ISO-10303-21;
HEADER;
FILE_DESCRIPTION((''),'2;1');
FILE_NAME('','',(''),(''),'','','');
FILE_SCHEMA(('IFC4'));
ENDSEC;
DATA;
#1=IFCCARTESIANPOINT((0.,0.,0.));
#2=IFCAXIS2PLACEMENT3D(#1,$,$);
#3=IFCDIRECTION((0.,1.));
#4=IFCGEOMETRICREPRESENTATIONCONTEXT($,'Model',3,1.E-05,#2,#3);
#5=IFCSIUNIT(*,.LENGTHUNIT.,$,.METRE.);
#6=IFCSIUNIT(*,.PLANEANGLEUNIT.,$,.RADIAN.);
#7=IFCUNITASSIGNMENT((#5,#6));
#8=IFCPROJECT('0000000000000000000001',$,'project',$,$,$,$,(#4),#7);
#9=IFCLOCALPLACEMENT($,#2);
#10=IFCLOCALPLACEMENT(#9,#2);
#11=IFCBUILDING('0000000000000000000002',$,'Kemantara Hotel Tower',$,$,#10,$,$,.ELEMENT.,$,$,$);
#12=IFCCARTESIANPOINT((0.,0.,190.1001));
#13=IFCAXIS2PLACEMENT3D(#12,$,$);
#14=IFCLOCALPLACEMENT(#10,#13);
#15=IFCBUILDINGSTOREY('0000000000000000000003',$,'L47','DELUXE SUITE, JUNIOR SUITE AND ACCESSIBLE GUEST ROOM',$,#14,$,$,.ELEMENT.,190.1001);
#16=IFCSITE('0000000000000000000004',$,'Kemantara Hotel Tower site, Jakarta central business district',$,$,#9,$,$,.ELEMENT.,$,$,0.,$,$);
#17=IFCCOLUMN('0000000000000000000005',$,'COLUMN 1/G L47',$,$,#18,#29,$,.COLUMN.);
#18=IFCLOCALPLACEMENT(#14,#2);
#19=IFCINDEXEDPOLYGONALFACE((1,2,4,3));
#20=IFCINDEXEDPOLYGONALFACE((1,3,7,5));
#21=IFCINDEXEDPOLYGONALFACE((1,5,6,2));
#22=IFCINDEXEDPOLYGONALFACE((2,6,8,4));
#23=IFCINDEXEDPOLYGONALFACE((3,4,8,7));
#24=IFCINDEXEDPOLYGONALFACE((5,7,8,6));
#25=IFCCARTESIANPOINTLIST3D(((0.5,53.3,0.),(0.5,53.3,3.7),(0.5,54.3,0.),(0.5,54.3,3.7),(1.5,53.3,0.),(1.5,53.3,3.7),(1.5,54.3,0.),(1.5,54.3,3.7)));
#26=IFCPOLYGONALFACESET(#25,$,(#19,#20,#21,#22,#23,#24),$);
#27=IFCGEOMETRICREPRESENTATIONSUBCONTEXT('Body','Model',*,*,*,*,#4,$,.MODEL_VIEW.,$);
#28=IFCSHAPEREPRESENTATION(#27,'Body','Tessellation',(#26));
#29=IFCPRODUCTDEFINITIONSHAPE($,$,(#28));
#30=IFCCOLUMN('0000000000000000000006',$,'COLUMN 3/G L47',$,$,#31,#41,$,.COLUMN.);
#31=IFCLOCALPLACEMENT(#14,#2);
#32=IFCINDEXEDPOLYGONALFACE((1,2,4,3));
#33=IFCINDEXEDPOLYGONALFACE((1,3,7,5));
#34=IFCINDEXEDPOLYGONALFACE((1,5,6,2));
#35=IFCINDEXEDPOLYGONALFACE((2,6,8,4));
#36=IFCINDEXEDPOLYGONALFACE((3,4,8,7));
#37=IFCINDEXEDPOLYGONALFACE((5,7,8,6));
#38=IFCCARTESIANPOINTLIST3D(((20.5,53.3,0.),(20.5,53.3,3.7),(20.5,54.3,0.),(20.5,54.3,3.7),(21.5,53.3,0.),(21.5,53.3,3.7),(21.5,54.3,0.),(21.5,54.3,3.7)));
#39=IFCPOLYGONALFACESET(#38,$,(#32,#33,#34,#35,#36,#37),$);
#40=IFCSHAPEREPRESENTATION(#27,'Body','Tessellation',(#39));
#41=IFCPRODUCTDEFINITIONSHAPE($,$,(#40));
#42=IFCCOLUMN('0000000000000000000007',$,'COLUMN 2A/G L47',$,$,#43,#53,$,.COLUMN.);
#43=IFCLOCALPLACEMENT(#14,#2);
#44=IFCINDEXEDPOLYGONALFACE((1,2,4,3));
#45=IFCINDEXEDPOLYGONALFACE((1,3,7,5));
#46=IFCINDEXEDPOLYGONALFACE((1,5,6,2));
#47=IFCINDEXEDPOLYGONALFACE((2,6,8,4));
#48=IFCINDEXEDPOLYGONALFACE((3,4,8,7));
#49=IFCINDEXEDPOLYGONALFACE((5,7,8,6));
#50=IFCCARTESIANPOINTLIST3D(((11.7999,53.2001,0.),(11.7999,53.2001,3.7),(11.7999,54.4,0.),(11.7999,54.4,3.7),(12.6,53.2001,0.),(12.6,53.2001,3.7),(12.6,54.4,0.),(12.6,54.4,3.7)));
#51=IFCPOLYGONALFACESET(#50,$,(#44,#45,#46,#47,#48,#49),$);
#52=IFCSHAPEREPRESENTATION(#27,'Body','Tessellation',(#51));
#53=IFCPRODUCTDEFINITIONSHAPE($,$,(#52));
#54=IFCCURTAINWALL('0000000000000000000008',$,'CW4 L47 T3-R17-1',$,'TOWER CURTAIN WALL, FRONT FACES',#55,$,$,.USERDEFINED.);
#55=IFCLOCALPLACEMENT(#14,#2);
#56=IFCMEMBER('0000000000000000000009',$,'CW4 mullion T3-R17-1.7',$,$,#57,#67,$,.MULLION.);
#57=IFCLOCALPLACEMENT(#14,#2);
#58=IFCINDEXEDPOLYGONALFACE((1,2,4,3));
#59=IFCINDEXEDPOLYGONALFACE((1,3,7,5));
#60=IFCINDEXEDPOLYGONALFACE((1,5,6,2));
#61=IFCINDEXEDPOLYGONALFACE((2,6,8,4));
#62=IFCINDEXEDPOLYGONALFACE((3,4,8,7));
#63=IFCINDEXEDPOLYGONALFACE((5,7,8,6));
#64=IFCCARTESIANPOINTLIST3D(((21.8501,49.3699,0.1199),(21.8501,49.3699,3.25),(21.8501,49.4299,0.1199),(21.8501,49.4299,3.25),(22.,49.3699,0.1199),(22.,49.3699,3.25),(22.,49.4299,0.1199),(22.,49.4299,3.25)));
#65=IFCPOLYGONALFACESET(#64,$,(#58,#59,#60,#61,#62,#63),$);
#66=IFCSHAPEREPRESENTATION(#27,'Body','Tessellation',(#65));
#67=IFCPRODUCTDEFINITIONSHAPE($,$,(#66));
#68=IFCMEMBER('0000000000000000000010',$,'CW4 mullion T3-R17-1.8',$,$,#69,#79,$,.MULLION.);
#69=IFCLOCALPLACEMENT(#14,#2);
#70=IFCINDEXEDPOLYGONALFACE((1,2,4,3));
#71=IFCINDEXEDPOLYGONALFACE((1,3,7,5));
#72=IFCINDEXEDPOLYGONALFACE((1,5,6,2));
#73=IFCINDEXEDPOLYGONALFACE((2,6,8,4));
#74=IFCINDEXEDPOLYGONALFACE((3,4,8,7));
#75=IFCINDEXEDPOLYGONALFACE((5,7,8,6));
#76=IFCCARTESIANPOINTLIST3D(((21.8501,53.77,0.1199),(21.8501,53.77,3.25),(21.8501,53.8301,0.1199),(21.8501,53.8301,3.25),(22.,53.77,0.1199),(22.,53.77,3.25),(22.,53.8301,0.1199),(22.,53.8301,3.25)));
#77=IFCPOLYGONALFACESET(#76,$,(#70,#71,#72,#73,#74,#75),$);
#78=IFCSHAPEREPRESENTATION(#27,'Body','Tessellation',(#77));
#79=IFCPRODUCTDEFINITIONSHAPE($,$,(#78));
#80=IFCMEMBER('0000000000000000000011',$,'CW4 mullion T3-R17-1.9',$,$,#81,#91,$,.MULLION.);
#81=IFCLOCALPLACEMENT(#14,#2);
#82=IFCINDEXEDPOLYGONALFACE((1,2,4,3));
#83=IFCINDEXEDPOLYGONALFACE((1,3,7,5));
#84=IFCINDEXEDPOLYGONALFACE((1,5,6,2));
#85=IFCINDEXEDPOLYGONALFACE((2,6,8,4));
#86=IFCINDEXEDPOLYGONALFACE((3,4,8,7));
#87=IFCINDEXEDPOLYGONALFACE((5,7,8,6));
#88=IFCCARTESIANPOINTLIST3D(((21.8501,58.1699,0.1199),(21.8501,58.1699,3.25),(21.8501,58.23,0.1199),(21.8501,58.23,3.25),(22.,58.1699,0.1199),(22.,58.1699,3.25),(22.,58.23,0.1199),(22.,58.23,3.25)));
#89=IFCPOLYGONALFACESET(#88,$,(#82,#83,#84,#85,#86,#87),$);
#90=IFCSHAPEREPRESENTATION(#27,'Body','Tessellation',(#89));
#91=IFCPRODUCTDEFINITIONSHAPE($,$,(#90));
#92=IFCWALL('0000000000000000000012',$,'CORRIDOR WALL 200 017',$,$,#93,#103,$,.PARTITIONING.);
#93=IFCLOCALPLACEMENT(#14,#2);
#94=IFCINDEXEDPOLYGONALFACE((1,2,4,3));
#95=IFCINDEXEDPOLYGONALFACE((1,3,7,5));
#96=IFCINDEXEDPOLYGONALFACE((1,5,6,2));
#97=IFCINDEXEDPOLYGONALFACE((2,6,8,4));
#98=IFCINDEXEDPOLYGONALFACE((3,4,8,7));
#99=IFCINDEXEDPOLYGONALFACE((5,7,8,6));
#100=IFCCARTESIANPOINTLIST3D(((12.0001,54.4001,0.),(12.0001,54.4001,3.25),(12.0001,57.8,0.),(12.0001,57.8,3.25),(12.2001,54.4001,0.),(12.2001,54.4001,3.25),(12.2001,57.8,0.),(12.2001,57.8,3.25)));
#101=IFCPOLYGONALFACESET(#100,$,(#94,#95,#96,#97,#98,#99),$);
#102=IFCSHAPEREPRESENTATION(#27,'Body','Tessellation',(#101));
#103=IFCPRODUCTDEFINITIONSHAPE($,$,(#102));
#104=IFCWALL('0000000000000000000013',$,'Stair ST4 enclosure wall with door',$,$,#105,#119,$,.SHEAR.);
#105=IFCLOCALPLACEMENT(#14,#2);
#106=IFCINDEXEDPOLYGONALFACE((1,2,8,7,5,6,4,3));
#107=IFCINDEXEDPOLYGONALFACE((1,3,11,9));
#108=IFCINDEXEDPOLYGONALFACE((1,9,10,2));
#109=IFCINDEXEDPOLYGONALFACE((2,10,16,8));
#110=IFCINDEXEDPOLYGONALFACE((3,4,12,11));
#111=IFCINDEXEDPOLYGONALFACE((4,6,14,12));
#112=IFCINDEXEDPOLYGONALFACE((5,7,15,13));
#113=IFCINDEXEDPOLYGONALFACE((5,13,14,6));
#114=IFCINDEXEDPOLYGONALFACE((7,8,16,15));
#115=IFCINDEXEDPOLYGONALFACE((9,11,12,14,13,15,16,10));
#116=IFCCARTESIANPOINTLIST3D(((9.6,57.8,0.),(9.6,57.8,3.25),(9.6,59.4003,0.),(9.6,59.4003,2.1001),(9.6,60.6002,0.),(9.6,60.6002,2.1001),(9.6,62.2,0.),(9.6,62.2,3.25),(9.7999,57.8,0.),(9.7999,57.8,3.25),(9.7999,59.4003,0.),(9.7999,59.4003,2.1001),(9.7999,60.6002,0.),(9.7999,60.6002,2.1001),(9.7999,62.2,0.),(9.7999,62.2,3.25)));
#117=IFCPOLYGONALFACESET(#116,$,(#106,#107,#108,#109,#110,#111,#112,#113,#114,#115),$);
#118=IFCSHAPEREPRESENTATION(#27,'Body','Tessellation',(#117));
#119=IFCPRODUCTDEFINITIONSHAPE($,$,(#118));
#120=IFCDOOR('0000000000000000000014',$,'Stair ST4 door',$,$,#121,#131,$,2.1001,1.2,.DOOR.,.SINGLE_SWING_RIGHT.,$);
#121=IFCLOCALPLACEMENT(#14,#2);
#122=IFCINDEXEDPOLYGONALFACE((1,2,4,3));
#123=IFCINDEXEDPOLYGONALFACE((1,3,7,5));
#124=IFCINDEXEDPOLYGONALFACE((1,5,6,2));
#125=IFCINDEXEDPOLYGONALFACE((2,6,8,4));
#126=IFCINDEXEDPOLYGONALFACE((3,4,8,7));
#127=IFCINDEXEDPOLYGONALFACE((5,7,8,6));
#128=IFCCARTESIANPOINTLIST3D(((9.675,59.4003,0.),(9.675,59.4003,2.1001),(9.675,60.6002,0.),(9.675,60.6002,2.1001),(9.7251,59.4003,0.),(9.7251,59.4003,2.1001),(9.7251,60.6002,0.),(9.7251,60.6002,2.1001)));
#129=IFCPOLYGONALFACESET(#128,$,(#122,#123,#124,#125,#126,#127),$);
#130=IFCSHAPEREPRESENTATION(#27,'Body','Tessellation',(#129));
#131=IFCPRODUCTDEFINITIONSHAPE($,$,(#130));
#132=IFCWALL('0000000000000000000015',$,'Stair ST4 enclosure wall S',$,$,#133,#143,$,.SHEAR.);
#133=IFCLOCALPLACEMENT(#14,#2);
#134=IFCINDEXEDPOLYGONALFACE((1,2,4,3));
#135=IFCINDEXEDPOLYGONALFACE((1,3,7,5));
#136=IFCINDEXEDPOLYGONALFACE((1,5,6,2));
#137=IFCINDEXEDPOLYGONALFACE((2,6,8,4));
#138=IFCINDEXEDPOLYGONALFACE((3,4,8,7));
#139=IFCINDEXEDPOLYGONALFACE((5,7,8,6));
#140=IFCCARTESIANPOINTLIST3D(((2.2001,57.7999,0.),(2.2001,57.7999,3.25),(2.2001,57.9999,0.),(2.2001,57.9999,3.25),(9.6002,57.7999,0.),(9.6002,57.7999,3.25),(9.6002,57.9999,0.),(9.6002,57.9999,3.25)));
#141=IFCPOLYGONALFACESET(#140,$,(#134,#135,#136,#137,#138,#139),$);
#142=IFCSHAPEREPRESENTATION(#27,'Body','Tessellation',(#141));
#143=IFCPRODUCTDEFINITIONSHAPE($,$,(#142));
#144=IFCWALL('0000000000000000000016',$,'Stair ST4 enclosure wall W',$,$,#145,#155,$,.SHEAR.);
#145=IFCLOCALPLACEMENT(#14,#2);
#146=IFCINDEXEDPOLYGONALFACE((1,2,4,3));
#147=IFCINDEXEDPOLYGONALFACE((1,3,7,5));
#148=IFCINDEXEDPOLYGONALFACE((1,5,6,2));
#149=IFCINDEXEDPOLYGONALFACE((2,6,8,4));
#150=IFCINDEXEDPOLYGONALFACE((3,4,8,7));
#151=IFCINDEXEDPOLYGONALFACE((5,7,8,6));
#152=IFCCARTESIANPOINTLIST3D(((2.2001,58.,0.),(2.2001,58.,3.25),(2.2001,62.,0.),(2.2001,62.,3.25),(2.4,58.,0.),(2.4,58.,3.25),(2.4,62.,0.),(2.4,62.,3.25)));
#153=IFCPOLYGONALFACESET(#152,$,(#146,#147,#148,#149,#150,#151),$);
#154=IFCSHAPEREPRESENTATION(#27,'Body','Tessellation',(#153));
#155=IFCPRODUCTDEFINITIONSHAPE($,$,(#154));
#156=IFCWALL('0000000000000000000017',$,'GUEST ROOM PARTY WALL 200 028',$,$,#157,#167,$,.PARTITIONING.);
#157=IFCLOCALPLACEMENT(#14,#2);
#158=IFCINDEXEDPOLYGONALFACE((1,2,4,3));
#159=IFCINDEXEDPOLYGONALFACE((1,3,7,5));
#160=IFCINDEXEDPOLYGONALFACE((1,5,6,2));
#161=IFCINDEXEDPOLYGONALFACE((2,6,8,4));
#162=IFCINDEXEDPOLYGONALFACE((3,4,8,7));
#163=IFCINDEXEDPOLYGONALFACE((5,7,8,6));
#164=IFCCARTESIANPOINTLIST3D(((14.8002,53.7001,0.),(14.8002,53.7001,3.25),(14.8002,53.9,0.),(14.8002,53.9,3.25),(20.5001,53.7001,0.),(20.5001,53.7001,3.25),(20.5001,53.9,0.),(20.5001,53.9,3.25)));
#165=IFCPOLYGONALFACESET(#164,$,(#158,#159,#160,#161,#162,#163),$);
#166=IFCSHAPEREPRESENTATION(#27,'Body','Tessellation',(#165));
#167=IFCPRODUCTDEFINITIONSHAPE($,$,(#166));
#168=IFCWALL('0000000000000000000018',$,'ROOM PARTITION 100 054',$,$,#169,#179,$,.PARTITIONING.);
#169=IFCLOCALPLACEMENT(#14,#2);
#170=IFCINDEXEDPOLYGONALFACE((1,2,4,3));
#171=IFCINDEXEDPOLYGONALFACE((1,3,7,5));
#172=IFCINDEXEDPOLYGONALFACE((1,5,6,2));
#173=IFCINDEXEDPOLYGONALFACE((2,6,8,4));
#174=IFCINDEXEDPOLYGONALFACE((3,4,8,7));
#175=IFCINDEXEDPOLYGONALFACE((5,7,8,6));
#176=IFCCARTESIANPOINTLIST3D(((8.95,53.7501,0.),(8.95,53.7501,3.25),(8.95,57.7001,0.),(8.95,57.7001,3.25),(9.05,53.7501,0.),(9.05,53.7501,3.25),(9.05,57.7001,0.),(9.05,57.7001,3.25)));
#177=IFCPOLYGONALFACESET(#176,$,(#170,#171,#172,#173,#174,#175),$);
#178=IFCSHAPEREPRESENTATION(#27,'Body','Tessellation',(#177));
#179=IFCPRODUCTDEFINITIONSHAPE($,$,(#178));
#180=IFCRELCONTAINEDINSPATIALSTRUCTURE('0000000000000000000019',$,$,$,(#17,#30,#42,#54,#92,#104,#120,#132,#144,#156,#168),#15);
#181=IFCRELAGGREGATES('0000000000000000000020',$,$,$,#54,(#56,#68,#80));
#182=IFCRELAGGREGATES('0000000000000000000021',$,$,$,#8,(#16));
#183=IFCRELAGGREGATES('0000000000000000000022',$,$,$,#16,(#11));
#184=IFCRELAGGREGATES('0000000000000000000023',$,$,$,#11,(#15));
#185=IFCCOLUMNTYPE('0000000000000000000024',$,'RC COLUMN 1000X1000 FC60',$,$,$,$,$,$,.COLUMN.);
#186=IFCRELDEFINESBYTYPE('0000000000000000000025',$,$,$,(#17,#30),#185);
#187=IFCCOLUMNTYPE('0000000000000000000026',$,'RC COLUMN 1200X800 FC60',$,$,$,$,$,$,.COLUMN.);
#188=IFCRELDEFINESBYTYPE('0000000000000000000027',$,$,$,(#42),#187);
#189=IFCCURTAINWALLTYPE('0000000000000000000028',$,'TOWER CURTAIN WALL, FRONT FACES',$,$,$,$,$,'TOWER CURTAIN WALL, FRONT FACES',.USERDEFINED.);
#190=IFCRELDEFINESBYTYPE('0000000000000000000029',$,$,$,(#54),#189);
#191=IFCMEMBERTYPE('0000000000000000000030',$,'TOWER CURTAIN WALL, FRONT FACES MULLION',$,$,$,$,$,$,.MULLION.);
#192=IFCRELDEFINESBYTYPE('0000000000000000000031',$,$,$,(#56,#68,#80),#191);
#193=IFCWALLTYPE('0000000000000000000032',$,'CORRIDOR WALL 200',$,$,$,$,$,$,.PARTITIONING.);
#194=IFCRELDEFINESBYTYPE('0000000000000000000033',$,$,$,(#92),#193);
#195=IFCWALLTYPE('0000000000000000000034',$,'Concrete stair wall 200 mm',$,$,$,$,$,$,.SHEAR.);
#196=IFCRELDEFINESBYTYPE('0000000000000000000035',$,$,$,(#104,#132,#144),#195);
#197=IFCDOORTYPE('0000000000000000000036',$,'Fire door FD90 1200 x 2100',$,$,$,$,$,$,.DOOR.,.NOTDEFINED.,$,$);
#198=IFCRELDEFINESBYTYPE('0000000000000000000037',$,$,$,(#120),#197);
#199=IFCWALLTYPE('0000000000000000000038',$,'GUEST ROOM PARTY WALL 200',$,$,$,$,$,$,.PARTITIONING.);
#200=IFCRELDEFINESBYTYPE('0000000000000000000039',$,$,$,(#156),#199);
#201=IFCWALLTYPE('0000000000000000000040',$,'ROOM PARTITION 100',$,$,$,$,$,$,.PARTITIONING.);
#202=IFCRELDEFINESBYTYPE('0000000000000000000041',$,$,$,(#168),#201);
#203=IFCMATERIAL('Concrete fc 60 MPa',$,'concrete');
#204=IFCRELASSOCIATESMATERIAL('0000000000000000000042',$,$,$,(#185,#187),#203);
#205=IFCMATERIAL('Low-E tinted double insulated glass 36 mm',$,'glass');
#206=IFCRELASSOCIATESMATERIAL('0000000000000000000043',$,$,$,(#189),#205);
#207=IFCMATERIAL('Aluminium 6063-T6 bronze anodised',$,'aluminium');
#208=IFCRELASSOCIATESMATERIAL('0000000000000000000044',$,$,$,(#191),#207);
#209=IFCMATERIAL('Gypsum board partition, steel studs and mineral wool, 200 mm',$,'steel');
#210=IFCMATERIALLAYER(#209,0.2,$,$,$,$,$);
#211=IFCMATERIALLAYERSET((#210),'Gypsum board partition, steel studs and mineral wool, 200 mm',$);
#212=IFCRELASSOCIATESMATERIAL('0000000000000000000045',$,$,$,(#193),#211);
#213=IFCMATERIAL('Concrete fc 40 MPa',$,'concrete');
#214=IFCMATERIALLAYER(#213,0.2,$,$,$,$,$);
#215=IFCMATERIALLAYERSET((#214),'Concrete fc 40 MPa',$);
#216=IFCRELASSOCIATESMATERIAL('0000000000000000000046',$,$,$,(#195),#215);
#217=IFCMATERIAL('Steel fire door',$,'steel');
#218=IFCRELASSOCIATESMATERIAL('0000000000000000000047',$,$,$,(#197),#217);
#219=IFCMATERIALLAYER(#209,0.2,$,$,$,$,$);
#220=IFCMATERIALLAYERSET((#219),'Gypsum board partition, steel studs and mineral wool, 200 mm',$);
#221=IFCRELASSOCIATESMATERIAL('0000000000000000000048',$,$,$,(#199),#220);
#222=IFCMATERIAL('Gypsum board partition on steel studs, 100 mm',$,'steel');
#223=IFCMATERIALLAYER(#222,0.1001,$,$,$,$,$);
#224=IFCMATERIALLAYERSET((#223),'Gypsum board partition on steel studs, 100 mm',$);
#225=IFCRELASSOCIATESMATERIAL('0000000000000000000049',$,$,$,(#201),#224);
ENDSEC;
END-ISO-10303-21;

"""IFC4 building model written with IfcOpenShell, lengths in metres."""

from ifc_helpers import new_model, si_unit, direction, frame, frame_2d, origin, origin_2d, place, context, subcontext, project, spatial, rectangle, extrude, source, transform, mapped, material, layer, layer_set, material_profile, profile_set, type_object, element, fill, aggregate, save


model = new_model("IFC4")

# Units and contexts
model_context = context("Model", 3, precision=1e-05, world=origin(), true_north=direction((0.0, 1.0)))
body_context = subcontext(model_context, "Body", "Model", "MODEL_VIEW")
ifc_project = project(units=[si_unit("LENGTHUNIT", "METRE"), si_unit("PLANEANGLEUNIT", "RADIAN")], contexts=[model_context])

# Site, building, storey
site_placement = place(None, origin())
site = spatial("IfcSite", under=ifc_project, at=site_placement, Name="Kemantara Hotel Tower site, Jakarta central business district", CompositionType="ELEMENT", RefElevation=0.0)
building_placement = place(site_placement, origin())
building = spatial("IfcBuilding", under=site, at=building_placement, Name="Kemantara Hotel Tower", CompositionType="ELEMENT")
storey_placement = place(building_placement, frame((0.0, 0.0, 190.1001)))
storey = spatial("IfcBuildingStorey", under=building, at=storey_placement, Name="L47", Description="DELUXE SUITE, JUNIOR SUITE AND ACCESSIBLE GUEST ROOM", CompositionType="ELEMENT", Elevation=190.1001)

# Columns
ifc_material_1 = material(Name="Concrete fc 60 MPa", Category="concrete")
ifc_material_profile_1 = material_profile(ifc_material_1, rectangle(XDim=1.0, YDim=1.0, at=origin_2d()), Name="RC 1000X1000")
ifc_profile_set_1 = profile_set([ifc_material_profile_1], Name="Concrete fc 60 MPa")
column_type_1 = type_object("IfcColumnType", Name="RC COLUMN 1000X1000 FC60", PredefinedType="COLUMN", material=ifc_profile_set_1)
for number, where, z_axis, x_axis, name in (
    (1, (1.0, 53.8, 0.0), (0.0, 0.0, 1.0), (1.0, 0.0, 0.0), "COLUMN 1/G L47"),
    (2, (21.0, 53.8, 0.0), (0.0, 0.0, 1.0), (1.0, 0.0, 0.0), "COLUMN 3/G L47"),
):
    element("IfcColumn", number, at=place(storey_placement, frame(where, z_axis=z_axis, x_axis=x_axis)), inside=storey, type_object=column_type_1, Name=name, PredefinedType="COLUMN", context=body_context, shape_type="SweptSolid", body=[
        extrude(rectangle(XDim=1.0, YDim=1.0, at=origin_2d()), origin(), (0.0, 0.0, 1.0), 3.7),
    ])
ifc_material_profile_2 = material_profile(ifc_material_1, rectangle(XDim=1.2, YDim=0.8, at=origin_2d()), Name="RC 1200X800")
ifc_profile_set_2 = profile_set([ifc_material_profile_2], Name="Concrete fc 60 MPa")
column_type_2 = type_object("IfcColumnType", Name="RC COLUMN 1200X800 FC60", PredefinedType="COLUMN", material=ifc_profile_set_2)
column_placement = place(storey_placement, frame((12.2, 53.8, 0.0), z_axis=(0.0, 0.0, 1.0), x_axis=(0.0, 1.0, 0.0)))
element("IfcColumn", 3, at=column_placement, inside=storey, type_object=column_type_2, Name="COLUMN 2A/G L47", PredefinedType="COLUMN", context=body_context, shape_type="SweptSolid", body=[
    extrude(rectangle(XDim=1.2, YDim=0.8, at=origin_2d()), origin(), (0.0, 0.0, 1.0), 3.7),
])

# Curtain wall, members
ifc_material_2 = material(Name="Low-E tinted double insulated glass 36 mm", Category="glass")
curtain_wall_type = type_object("IfcCurtainWallType", Name="TOWER CURTAIN WALL, FRONT FACES", ElementType="TOWER CURTAIN WALL, FRONT FACES", PredefinedType="USERDEFINED", material=ifc_material_2)
curtain_wall_placement = place(storey_placement, origin())
curtain_wall = element("IfcCurtainWall", 4, at=curtain_wall_placement, inside=storey, type_object=curtain_wall_type, Name="CW4 L47 T3-R17-1", ObjectType="TOWER CURTAIN WALL, FRONT FACES", PredefinedType="USERDEFINED")
ifc_material_3 = material(Name="Aluminium 6063-T6 bronze anodised", Category="aluminium")
ifc_material_profile_3 = material_profile(ifc_material_3, rectangle(XDim=0.1499, YDim=0.0601, at=origin_2d()), Name="TOWER CURTAIN WALL, FRONT FACES MULLION")
ifc_profile_set_3 = profile_set([ifc_material_profile_3], Name="Aluminium 6063-T6 bronze anodised")
member_type = type_object("IfcMemberType", Name="TOWER CURTAIN WALL, FRONT FACES MULLION", PredefinedType="MULLION", material=ifc_profile_set_3)
shared_shape_1 = source(origin(), body_context, "Body", "SweptSolid", [
    extrude(rectangle(XDim=0.1499, YDim=0.0601, at=origin_2d()), origin(), (0.0, 0.0, 1.0), 3.1301),
])
member_1_placement = place(storey_placement, frame((21.925, 49.3999, 0.1199), z_axis=(0.0, 0.0, 1.0), x_axis=(-1.0, 0.0, 0.0)))
member_1 = element("IfcMember", 5, at=member_1_placement, type_object=member_type, Name="CW4 mullion T3-R17-1.7", PredefinedType="MULLION", context=body_context, shape_type="MappedRepresentation", body=[
    mapped(shared_shape_1, transform((0.0, 0.0, 0.0))),
])
member_2_placement = place(storey_placement, frame((21.925, 53.8, 0.1199), z_axis=(0.0, 0.0, 1.0), x_axis=(-1.0, 0.0, 0.0)))
member_2 = element("IfcMember", 6, at=member_2_placement, type_object=member_type, Name="CW4 mullion T3-R17-1.8", PredefinedType="MULLION", context=body_context, shape_type="MappedRepresentation", body=[
    mapped(shared_shape_1, transform((0.0, 0.0, 0.0))),
])
member_3_placement = place(storey_placement, frame((21.925, 58.2, 0.1199), z_axis=(0.0, 0.0, 1.0), x_axis=(-1.0, 0.0, 0.0)))
member_3 = element("IfcMember", 7, at=member_3_placement, type_object=member_type, Name="CW4 mullion T3-R17-1.9", PredefinedType="MULLION", context=body_context, shape_type="MappedRepresentation", body=[
    mapped(shared_shape_1, transform((0.0, 0.0, 0.0))),
])
aggregate(curtain_wall, [member_1, member_2, member_3])

# Wall
ifc_material_4 = material(Name="Gypsum board partition, steel studs and mineral wool, 200 mm", Category="steel")
ifc_layer_1 = layer(ifc_material_4, 0.2)
ifc_layer_set_1 = layer_set([ifc_layer_1], Name="Gypsum board partition, steel studs and mineral wool, 200 mm")
wall_type_1 = type_object("IfcWallType", Name="CORRIDOR WALL 200", PredefinedType="PARTITIONING", material=ifc_layer_set_1)
wall_1_placement = place(storey_placement, frame((12.1001, 54.4001, 0.0), z_axis=(0.0, 0.0, 1.0), x_axis=(0.0, 1.0, 0.0)))
element("IfcWall", 8, at=wall_1_placement, inside=storey, type_object=wall_type_1, Name="CORRIDOR WALL 200 017", PredefinedType="PARTITIONING", context=body_context, shape_type="SweptSolid", body=[
    extrude(rectangle(XDim=3.3999, YDim=0.2, at=frame_2d((1.7, 0.0))), origin(), (0.0, 0.0, 1.0), 3.25),
])

# Wall, opening, door
ifc_material_5 = material(Name="Concrete fc 40 MPa", Category="concrete")
ifc_layer_2 = layer(ifc_material_5, 0.2)
ifc_layer_set_2 = layer_set([ifc_layer_2], Name="Concrete fc 40 MPa")
wall_type_2 = type_object("IfcWallType", Name="Concrete stair wall 200 mm", PredefinedType="SHEAR", material=ifc_layer_set_2)
wall_2_placement = place(storey_placement, frame((9.7, 57.8, 0.0), z_axis=(0.0, 0.0, 1.0), x_axis=(0.0, 1.0, 0.0)))
wall_2 = element("IfcWall", 9, at=wall_2_placement, inside=storey, type_object=wall_type_2, Name="Stair ST4 enclosure wall with door", PredefinedType="SHEAR", context=body_context, shape_type="SweptSolid", body=[
    extrude(rectangle(XDim=4.3999, YDim=0.2, at=frame_2d((2.2, 0.0))), origin(), (0.0, 0.0, 1.0), 3.25),
])
opening_1_placement = place(wall_2_placement, frame((1.6001, 0.0, 0.0)))
opening_1 = element("IfcOpeningElement", 10, at=opening_1_placement, cuts=wall_2, PredefinedType="OPENING", context=body_context, shape_type="SweptSolid", body=[
    extrude(rectangle(XDim=1.2, YDim=2.1001, at=frame_2d((0.6001, 1.05))), frame((0.0, 0.1099, 0.0), z_axis=(0.0, -1.0, 0.0), x_axis=(1.0, 0.0, 0.0)), (0.0, 0.0, 1.0), 0.22),
])
ifc_material_6 = material(Name="Steel fire door", Category="steel")
door_type_1 = type_object("IfcDoorType", Name="Fire door FD90 1200 x 2100", OperationType="NOTDEFINED", PredefinedType="DOOR", material=ifc_material_6)
door_1_placement = place(opening_1_placement, origin())
door_1 = element("IfcDoor", 11, at=door_1_placement, inside=storey, type_object=door_type_1, Name="Stair ST4 door", OperationType="SINGLE_SWING_RIGHT", OverallHeight=2.1001, OverallWidth=1.2, PredefinedType="DOOR", context=body_context, shape_type="SweptSolid", body=[
    extrude(rectangle(XDim=1.2, YDim=2.1001, at=frame_2d((0.6001, 1.05))), frame((0.0, 0.0249, 0.0), z_axis=(0.0, -1.0, 0.0), x_axis=(1.0, 0.0, 0.0)), (0.0, 0.0, 1.0), 0.05),
])
fill(opening_1, door_1)

# Walls
wall_3_placement = place(storey_placement, frame((2.2, 57.8999, 0.0), z_axis=(0.0, 0.0, 1.0), x_axis=(1.0, 0.0, 0.0)))
element("IfcWall", 12, at=wall_3_placement, inside=storey, type_object=wall_type_2, Name="Stair ST4 enclosure wall S", PredefinedType="SHEAR", context=body_context, shape_type="SweptSolid", body=[
    extrude(rectangle(XDim=7.4001, YDim=0.2, at=frame_2d((3.7002, 0.0))), origin(), (0.0, 0.0, 1.0), 3.25),
])
wall_4_placement = place(storey_placement, frame((2.3, 58.0, 0.0), z_axis=(0.0, 0.0, 1.0), x_axis=(0.0, 1.0, 0.0)))
element("IfcWall", 13, at=wall_4_placement, inside=storey, type_object=wall_type_2, Name="Stair ST4 enclosure wall W", PredefinedType="SHEAR", context=body_context, shape_type="SweptSolid", body=[
    extrude(rectangle(XDim=4.0, YDim=0.2, at=frame_2d((2.0, 0.0))), origin(), (0.0, 0.0, 1.0), 3.25),
])
ifc_layer_3 = layer(ifc_material_4, 0.2)
ifc_layer_set_3 = layer_set([ifc_layer_3], Name="Gypsum board partition, steel studs and mineral wool, 200 mm")
wall_type_3 = type_object("IfcWallType", Name="GUEST ROOM PARTY WALL 200", PredefinedType="PARTITIONING", material=ifc_layer_set_3)
wall_5_placement = place(storey_placement, frame((14.8, 53.8, 0.0), z_axis=(0.0, 0.0, 1.0), x_axis=(1.0, 0.0, 0.0)))
element("IfcWall", 14, at=wall_5_placement, inside=storey, type_object=wall_type_3, Name="GUEST ROOM PARTY WALL 200 028", PredefinedType="PARTITIONING", context=body_context, shape_type="SweptSolid", body=[
    extrude(rectangle(XDim=5.7, YDim=0.2, at=frame_2d((2.8501, 0.0))), origin(), (0.0, 0.0, 1.0), 3.25),
])
ifc_material_7 = material(Name="Gypsum board partition on steel studs, 100 mm", Category="steel")
ifc_layer_4 = layer(ifc_material_7, 0.1001)
ifc_layer_set_4 = layer_set([ifc_layer_4], Name="Gypsum board partition on steel studs, 100 mm")
wall_type_4 = type_object("IfcWallType", Name="ROOM PARTITION 100", PredefinedType="PARTITIONING", material=ifc_layer_set_4)
wall_6_placement = place(storey_placement, frame((9.0, 53.75, 0.0), z_axis=(0.0, 0.0, 1.0), x_axis=(0.0, 1.0, 0.0)))
element("IfcWall", 15, at=wall_6_placement, inside=storey, type_object=wall_type_4, Name="ROOM PARTITION 100 054", PredefinedType="PARTITIONING", context=body_context, shape_type="SweptSolid", body=[
    extrude(rectangle(XDim=3.95, YDim=0.1001, at=frame_2d((1.9751, 0.0))), origin(), (0.0, 0.0, 1.0), 3.25),
])

save(model, "model.ifc")
